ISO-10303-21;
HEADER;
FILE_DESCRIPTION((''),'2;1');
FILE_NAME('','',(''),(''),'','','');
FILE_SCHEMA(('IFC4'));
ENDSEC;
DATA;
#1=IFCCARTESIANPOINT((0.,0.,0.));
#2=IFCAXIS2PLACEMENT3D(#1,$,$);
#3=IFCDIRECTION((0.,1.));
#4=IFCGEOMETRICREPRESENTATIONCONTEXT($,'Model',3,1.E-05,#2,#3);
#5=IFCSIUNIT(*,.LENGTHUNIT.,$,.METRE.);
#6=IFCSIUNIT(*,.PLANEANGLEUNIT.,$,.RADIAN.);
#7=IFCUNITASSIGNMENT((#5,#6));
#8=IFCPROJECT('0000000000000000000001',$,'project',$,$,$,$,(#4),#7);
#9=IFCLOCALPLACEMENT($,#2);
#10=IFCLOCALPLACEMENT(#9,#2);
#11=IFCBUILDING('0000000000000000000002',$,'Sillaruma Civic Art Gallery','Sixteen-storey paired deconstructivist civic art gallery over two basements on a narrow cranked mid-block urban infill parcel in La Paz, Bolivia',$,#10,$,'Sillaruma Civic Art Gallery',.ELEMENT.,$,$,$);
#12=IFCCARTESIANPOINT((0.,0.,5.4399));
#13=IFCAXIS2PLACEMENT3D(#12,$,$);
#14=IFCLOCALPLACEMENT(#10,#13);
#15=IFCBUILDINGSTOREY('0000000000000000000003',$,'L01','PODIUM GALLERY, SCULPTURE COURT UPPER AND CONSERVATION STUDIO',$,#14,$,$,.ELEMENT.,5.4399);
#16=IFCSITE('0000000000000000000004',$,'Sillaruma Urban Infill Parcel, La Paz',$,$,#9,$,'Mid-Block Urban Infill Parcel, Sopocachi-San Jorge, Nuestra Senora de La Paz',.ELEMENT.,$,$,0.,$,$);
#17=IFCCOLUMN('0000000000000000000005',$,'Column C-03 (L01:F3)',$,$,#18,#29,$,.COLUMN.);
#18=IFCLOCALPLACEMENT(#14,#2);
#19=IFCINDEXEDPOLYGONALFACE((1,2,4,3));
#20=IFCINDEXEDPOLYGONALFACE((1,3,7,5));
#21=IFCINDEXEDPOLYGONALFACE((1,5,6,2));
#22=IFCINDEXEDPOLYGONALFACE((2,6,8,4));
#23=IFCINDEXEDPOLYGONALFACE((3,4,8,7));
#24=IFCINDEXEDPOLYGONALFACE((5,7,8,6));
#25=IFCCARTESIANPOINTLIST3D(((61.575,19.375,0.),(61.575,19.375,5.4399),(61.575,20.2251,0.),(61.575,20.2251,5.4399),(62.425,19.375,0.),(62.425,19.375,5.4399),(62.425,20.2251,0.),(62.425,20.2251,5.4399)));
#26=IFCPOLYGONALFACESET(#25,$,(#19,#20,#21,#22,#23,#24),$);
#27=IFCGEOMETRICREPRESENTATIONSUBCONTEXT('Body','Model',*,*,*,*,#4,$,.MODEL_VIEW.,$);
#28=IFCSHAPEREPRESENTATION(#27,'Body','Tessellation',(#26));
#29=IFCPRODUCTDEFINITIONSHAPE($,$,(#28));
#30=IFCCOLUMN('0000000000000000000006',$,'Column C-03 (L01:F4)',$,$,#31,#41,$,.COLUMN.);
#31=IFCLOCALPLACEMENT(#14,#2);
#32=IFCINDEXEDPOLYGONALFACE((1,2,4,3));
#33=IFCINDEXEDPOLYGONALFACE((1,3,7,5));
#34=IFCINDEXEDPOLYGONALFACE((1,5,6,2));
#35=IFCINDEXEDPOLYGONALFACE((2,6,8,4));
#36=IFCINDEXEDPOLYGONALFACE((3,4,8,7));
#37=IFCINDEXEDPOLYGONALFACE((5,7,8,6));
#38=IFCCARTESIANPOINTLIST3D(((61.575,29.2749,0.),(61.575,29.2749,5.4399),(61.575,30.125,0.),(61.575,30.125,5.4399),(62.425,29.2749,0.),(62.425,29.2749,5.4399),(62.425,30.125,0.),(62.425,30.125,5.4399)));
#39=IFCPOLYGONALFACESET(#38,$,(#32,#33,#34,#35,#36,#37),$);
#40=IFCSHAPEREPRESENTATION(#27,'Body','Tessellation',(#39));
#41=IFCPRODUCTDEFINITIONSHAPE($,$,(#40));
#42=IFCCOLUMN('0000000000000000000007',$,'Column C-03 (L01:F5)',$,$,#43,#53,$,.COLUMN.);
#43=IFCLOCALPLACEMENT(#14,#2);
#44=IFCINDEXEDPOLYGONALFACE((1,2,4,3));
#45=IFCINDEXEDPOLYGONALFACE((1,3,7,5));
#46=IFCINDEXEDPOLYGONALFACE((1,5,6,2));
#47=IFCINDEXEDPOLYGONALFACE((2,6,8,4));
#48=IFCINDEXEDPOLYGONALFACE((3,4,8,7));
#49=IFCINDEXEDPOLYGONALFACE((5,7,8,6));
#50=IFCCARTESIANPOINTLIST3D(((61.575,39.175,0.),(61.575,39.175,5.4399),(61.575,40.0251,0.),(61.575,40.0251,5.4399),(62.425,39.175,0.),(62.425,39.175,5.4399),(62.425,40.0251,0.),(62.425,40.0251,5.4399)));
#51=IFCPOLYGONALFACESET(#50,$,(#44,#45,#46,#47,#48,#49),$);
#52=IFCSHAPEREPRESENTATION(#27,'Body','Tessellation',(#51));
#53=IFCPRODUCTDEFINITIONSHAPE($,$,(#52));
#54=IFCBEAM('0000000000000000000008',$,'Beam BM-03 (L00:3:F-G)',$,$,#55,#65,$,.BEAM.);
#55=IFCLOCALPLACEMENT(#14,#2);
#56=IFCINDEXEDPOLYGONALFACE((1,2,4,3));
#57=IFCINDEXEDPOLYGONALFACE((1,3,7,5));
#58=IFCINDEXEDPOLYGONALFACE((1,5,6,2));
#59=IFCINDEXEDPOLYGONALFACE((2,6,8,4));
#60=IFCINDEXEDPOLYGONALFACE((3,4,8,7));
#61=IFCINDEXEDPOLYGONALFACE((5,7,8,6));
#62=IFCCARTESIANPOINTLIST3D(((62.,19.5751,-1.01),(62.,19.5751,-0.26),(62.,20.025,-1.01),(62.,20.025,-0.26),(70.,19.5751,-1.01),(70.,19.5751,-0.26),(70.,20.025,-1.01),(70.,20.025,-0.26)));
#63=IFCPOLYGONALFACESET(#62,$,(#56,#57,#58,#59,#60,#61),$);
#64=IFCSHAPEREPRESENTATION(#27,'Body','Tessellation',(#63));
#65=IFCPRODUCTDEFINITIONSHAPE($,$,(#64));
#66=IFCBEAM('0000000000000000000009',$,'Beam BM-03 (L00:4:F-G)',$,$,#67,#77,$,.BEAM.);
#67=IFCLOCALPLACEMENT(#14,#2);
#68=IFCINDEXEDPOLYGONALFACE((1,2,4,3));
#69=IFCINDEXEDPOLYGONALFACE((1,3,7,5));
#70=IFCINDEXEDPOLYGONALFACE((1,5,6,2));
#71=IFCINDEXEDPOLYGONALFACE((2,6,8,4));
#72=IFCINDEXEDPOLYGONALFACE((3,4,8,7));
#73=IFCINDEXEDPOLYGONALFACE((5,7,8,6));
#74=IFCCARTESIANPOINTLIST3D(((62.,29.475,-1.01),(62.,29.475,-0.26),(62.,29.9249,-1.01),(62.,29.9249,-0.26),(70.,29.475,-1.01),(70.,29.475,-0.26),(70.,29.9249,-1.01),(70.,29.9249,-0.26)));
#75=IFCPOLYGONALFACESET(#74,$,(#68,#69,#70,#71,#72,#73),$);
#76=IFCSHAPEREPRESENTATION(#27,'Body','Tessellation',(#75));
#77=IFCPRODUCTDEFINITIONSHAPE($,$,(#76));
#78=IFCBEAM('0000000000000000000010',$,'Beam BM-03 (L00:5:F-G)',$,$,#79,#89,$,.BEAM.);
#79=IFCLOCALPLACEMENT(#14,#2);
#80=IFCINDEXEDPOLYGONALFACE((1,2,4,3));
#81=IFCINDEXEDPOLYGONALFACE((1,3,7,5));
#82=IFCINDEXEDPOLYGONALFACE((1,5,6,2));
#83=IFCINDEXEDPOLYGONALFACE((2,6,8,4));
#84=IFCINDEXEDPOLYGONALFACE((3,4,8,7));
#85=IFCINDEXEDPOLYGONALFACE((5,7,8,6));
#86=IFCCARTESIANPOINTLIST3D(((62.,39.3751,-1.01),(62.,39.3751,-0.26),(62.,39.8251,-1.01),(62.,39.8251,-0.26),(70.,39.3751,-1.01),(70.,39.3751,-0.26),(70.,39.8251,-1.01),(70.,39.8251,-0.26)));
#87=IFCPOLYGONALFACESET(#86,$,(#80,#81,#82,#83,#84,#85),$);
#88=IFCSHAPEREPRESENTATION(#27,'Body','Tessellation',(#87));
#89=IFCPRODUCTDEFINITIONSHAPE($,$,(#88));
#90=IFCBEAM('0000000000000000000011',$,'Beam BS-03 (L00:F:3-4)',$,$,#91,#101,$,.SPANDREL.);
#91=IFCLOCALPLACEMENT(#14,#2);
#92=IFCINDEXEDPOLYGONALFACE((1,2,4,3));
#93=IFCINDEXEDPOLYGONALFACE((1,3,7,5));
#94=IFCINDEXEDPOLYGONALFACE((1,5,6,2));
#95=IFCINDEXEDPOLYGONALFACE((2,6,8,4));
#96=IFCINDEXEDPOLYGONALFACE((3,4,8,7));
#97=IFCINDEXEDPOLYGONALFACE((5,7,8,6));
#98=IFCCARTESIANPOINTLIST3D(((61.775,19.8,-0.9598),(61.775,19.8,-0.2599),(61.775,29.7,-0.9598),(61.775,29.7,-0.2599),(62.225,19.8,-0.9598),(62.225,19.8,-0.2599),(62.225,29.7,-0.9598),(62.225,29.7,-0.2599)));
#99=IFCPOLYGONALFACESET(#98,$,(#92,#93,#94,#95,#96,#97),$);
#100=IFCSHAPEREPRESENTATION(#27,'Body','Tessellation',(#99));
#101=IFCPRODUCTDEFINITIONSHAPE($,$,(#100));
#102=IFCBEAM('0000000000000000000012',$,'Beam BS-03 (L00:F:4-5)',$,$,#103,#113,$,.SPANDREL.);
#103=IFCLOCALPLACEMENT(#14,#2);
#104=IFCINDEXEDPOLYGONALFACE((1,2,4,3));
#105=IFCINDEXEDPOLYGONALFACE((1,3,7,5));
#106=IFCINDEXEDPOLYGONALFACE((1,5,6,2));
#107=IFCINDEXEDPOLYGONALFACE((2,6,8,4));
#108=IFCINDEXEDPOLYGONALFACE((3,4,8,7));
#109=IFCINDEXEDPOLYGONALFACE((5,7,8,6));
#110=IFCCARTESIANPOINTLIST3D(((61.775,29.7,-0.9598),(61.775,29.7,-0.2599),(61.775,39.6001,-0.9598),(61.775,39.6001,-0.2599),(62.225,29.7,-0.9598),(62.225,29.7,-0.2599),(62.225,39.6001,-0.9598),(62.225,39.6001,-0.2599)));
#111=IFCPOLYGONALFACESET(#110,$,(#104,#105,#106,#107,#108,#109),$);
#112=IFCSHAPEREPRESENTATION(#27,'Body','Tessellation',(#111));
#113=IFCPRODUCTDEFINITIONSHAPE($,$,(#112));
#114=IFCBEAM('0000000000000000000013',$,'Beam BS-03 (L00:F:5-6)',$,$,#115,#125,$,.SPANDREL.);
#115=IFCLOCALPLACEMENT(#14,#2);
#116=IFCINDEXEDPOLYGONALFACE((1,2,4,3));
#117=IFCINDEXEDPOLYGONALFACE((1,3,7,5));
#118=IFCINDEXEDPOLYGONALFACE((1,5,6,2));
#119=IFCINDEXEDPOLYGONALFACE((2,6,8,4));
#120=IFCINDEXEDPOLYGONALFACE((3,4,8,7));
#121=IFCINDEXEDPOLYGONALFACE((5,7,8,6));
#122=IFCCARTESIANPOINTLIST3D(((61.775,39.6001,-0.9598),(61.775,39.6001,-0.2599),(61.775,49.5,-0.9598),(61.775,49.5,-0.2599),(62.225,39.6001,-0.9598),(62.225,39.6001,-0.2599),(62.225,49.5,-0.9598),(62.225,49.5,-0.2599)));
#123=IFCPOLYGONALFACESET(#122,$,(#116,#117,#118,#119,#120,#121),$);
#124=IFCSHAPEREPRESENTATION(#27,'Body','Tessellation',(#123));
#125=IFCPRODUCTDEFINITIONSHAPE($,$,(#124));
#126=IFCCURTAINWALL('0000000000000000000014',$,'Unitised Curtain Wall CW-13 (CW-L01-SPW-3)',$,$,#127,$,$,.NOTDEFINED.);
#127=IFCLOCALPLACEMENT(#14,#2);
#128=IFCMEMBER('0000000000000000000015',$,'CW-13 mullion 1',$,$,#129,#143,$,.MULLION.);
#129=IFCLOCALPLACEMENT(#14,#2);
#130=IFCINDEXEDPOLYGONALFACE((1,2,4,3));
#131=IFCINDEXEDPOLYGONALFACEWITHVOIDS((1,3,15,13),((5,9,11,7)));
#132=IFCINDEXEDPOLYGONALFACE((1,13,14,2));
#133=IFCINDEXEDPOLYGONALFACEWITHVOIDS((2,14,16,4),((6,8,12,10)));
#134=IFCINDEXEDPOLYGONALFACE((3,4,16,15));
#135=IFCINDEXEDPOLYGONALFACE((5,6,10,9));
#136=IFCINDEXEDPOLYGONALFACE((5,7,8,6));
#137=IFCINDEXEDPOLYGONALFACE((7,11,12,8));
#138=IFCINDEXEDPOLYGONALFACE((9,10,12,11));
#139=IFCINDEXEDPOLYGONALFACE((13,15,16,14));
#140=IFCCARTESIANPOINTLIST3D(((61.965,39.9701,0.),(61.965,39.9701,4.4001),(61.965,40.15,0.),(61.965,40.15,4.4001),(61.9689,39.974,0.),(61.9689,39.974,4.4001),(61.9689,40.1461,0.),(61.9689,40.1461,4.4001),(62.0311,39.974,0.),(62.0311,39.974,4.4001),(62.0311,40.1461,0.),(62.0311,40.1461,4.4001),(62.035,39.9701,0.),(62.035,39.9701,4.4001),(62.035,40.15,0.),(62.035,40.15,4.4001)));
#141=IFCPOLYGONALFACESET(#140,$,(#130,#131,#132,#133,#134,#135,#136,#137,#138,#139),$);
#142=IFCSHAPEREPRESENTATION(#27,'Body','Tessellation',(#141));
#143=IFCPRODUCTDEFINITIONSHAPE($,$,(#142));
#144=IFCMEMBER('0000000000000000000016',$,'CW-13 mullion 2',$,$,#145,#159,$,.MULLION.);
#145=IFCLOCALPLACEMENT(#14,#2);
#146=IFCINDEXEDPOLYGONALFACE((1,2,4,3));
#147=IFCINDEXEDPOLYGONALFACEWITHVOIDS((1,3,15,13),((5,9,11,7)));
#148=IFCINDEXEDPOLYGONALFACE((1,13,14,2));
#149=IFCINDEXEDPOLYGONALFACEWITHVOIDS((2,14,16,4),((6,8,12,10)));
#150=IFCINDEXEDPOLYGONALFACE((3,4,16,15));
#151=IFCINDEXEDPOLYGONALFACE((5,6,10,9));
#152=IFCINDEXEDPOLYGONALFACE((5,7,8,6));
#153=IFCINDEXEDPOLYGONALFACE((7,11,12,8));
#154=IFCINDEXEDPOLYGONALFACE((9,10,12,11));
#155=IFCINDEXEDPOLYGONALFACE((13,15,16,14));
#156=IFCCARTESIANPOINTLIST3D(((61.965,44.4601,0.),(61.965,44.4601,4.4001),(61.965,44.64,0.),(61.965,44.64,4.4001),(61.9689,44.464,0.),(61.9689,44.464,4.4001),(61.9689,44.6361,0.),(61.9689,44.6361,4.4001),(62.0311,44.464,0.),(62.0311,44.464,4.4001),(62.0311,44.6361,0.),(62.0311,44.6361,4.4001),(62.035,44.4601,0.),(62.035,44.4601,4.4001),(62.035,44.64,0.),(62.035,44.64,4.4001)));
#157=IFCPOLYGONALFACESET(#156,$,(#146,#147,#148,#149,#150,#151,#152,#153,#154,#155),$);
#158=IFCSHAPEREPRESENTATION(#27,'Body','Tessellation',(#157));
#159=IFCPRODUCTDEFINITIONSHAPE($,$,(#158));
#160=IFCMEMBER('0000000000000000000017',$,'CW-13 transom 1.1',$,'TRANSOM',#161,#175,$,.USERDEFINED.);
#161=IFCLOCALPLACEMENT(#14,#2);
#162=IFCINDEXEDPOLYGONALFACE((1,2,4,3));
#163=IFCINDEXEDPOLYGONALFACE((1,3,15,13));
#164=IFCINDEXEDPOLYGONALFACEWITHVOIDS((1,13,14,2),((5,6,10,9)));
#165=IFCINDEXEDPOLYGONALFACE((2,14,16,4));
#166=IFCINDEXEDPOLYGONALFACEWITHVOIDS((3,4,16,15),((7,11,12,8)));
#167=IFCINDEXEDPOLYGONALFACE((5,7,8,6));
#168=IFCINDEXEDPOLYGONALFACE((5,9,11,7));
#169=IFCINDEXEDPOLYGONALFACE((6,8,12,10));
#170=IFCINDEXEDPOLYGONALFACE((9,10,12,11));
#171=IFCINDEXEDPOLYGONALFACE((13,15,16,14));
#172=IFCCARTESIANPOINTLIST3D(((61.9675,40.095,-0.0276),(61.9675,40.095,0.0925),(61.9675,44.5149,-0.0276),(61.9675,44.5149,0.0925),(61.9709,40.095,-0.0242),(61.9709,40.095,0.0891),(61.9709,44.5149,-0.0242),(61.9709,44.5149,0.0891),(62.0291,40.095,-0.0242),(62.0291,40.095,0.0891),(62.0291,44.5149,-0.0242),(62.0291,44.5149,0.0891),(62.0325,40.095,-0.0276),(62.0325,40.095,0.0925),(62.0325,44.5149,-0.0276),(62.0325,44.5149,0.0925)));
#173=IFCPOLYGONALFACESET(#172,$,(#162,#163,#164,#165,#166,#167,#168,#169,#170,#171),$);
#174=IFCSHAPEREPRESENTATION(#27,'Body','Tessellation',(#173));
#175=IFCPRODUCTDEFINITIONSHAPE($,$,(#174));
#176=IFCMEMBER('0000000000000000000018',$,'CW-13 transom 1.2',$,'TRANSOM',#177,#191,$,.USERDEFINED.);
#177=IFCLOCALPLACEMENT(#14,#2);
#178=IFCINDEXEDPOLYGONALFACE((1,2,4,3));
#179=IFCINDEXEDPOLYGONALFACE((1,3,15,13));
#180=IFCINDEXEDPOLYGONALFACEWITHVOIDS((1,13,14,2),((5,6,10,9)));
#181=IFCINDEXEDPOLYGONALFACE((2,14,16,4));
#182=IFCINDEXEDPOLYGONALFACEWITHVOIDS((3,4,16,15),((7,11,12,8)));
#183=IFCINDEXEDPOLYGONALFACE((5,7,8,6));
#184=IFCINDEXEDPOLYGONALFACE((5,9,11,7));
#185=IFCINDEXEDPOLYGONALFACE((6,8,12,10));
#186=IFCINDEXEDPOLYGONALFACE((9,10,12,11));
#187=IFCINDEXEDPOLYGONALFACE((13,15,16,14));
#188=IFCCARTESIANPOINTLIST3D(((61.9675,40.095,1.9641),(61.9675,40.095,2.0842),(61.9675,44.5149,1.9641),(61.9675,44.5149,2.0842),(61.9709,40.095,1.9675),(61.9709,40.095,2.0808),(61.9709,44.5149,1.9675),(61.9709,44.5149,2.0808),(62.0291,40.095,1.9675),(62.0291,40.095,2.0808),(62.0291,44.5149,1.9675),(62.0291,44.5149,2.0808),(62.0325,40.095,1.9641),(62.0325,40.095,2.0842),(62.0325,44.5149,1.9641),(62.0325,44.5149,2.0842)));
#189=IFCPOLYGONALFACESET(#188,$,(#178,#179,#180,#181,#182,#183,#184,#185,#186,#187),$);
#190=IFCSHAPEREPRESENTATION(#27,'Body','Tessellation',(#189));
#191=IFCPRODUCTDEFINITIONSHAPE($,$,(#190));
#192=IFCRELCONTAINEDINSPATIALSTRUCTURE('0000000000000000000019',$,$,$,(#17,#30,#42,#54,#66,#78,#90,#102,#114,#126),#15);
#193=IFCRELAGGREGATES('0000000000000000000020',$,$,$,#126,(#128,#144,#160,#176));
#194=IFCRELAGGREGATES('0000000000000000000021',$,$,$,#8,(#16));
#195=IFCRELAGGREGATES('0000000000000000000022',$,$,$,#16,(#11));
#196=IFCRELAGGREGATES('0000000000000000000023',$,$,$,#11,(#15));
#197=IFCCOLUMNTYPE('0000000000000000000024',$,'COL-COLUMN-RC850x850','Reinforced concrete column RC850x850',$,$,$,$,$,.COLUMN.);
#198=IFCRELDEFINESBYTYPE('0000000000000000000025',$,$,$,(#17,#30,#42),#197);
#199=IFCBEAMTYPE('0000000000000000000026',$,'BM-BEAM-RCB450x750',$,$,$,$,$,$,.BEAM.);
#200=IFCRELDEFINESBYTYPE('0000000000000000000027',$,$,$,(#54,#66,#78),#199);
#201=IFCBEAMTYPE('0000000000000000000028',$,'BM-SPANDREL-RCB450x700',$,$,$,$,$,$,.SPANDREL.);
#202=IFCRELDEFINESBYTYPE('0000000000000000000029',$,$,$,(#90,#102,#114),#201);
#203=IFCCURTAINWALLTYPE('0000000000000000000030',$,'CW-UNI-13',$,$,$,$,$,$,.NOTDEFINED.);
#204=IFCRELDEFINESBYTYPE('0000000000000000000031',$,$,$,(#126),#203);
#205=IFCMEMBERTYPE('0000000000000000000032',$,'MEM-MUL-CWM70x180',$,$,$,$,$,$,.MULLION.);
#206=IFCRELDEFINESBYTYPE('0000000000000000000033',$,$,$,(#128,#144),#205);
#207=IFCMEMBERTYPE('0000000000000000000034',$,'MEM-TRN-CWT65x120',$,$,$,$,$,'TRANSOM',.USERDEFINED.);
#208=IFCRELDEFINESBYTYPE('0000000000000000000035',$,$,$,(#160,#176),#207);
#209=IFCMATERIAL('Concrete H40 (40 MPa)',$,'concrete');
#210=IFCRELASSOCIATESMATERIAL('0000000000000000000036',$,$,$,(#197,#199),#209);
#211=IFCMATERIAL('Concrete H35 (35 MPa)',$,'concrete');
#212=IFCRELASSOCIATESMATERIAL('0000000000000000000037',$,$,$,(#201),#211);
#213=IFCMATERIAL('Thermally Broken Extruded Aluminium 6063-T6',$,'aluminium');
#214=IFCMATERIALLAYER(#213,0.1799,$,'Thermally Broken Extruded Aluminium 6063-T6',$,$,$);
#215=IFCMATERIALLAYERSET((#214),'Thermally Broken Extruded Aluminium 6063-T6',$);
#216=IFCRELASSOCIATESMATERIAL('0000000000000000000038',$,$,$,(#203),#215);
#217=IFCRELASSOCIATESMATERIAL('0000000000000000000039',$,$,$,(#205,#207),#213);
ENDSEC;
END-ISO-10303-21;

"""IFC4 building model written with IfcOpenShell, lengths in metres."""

from ifc_helpers import new_model, si_unit, direction, frame, origin, origin_2d, place, context, subcontext, project, spatial, rectangle, hollow_rectangle, extrude, material, layer, layer_set, material_profile, profile_set, type_object, element, aggregate, save


model = new_model("IFC4")

# Units and contexts
model_context = context("Model", 3, precision=1e-05, world=origin(), true_north=direction((0.0, 1.0)))
body_context = subcontext(model_context, "Body", "Model", "MODEL_VIEW")
ifc_project = project(units=[si_unit("LENGTHUNIT", "METRE"), si_unit("PLANEANGLEUNIT", "RADIAN")], contexts=[model_context])

# Site, building, storey
site_placement = place(None, origin())
site = spatial("IfcSite", under=ifc_project, at=site_placement, Name="Sillaruma Urban Infill Parcel, La Paz", LongName="Mid-Block Urban Infill Parcel, Sopocachi-San Jorge, Nuestra Senora de La Paz", CompositionType="ELEMENT", RefElevation=0.0)
building_placement = place(site_placement, origin())
building = spatial("IfcBuilding", under=site, at=building_placement, Name="Sillaruma Civic Art Gallery", Description="Sixteen-storey paired deconstructivist civic art gallery over two basements on a narrow cranked mid-block urban infill parcel in La Paz, Bolivia", LongName="Sillaruma Civic Art Gallery", CompositionType="ELEMENT")
storey_placement = place(building_placement, frame((0.0, 0.0, 5.4399)))
storey = spatial("IfcBuildingStorey", under=building, at=storey_placement, Name="L01", Description="PODIUM GALLERY, SCULPTURE COURT UPPER AND CONSERVATION STUDIO", CompositionType="ELEMENT", Elevation=5.4399)

# Columns
ifc_material_1 = material(Name="Concrete H40 (40 MPa)", Category="concrete")
ifc_material_profile_1 = material_profile(ifc_material_1, rectangle(XDim=0.8501, YDim=0.8501, at=origin_2d()), Name="RC850x850")
ifc_profile_set_1 = profile_set([ifc_material_profile_1], Name="Concrete H40 (40 MPa)")
column_type = type_object("IfcColumnType", Name="COL-COLUMN-RC850x850", Description="Reinforced concrete column RC850x850", PredefinedType="COLUMN", material=ifc_profile_set_1)
for number, where, z_axis, x_axis, name in (
    (1, (62.0, 19.8, 0.0), (0.0, 0.0, 1.0), (1.0, 0.0, 0.0), "Column C-03 (L01:F3)"),
    (2, (62.0, 29.7, 0.0), (0.0, 0.0, 1.0), (1.0, 0.0, 0.0), "Column C-03 (L01:F4)"),
    (3, (62.0, 39.6001, 0.0), (0.0, 0.0, 1.0), (1.0, 0.0, 0.0), "Column C-03 (L01:F5)"),
):
    element("IfcColumn", number, at=place(storey_placement, frame(where, z_axis=z_axis, x_axis=x_axis)), inside=storey, type_object=column_type, Name=name, PredefinedType="COLUMN", context=body_context, shape_type="SweptSolid", body=[
        extrude(rectangle(XDim=0.8501, YDim=0.8501, at=origin_2d()), origin(), (0.0, 0.0, 1.0), 5.4399),
    ])

# Beams
ifc_material_profile_2 = material_profile(ifc_material_1, rectangle(XDim=0.45, YDim=0.75, at=origin_2d()), Name="RCB450x750")
ifc_profile_set_2 = profile_set([ifc_material_profile_2], Name="Concrete H40 (40 MPa)")
beam_type_1 = type_object("IfcBeamType", Name="BM-BEAM-RCB450x750", PredefinedType="BEAM", material=ifc_profile_set_2)
for number, where, z_axis, x_axis, name in (
    (4, (62.0, 19.8, -0.635), (1.0, 0.0, 0.0), (0.0, 1.0, 0.0), "Beam BM-03 (L00:3:F-G)"),
    (5, (62.0, 29.7, -0.635), (1.0, 0.0, 0.0), (0.0, 1.0, 0.0), "Beam BM-03 (L00:4:F-G)"),
    (6, (62.0, 39.6001, -0.635), (1.0, 0.0, 0.0), (0.0, 1.0, 0.0), "Beam BM-03 (L00:5:F-G)"),
):
    element("IfcBeam", number, at=place(storey_placement, frame(where, z_axis=z_axis, x_axis=x_axis)), inside=storey, type_object=beam_type_1, Name=name, PredefinedType="BEAM", context=body_context, shape_type="SweptSolid", body=[
        extrude(rectangle(XDim=0.45, YDim=0.75, at=origin_2d()), origin(), (0.0, 0.0, 1.0), 8.0),
    ])
ifc_material_2 = material(Name="Concrete H35 (35 MPa)", Category="concrete")
ifc_material_profile_3 = material_profile(ifc_material_2, rectangle(XDim=0.45, YDim=0.7, at=origin_2d()), Name="RCB450x700")
ifc_profile_set_3 = profile_set([ifc_material_profile_3], Name="Concrete H35 (35 MPa)")
beam_type_2 = type_object("IfcBeamType", Name="BM-SPANDREL-RCB450x700", PredefinedType="SPANDREL", material=ifc_profile_set_3)
beam_1_placement = place(storey_placement, frame((62.0, 19.8, -0.6099), z_axis=(0.0, 1.0, 0.0), x_axis=(-1.0, 0.0, 0.0)))
element("IfcBeam", 7, at=beam_1_placement, inside=storey, type_object=beam_type_2, Name="Beam BS-03 (L00:F:3-4)", PredefinedType="SPANDREL", context=body_context, shape_type="SweptSolid", body=[
    extrude(rectangle(XDim=0.45, YDim=0.7, at=origin_2d()), origin(), (0.0, 0.0, 1.0), 9.8999),
])
beam_2_placement = place(storey_placement, frame((62.0, 29.7, -0.6099), z_axis=(0.0, 1.0, 0.0), x_axis=(-1.0, 0.0, 0.0)))
element("IfcBeam", 8, at=beam_2_placement, inside=storey, type_object=beam_type_2, Name="Beam BS-03 (L00:F:4-5)", PredefinedType="SPANDREL", context=body_context, shape_type="SweptSolid", body=[
    extrude(rectangle(XDim=0.45, YDim=0.7, at=origin_2d()), origin(), (0.0, 0.0, 1.0), 9.9001),
])
beam_3_placement = place(storey_placement, frame((62.0, 39.6001, -0.6099), z_axis=(0.0, 1.0, 0.0), x_axis=(-1.0, 0.0, 0.0)))
element("IfcBeam", 9, at=beam_3_placement, inside=storey, type_object=beam_type_2, Name="Beam BS-03 (L00:F:5-6)", PredefinedType="SPANDREL", context=body_context, shape_type="SweptSolid", body=[
    extrude(rectangle(XDim=0.45, YDim=0.7, at=origin_2d()), origin(), (0.0, 0.0, 1.0), 9.8999),
])

# Curtain wall, members
ifc_material_3 = material(Name="Thermally Broken Extruded Aluminium 6063-T6", Category="aluminium")
ifc_layer_1 = layer(ifc_material_3, 0.1799, Name="Thermally Broken Extruded Aluminium 6063-T6")
ifc_layer_set_1 = layer_set([ifc_layer_1], Name="Thermally Broken Extruded Aluminium 6063-T6")
curtain_wall_type = type_object("IfcCurtainWallType", Name="CW-UNI-13", PredefinedType="NOTDEFINED", material=ifc_layer_set_1)
curtain_wall_placement = place(storey_placement, origin())
curtain_wall = element("IfcCurtainWall", 10, at=curtain_wall_placement, inside=storey, type_object=curtain_wall_type, Name="Unitised Curtain Wall CW-13 (CW-L01-SPW-3)", PredefinedType="NOTDEFINED")
ifc_material_profile_4 = material_profile(ifc_material_3, hollow_rectangle(XDim=0.0701, YDim=0.1799, WallThickness=0.0039, at=origin_2d()), Name="CWM70x180")
ifc_profile_set_4 = profile_set([ifc_material_profile_4], Name="Thermally Broken Extruded Aluminium 6063-T6")
member_type_1 = type_object("IfcMemberType", Name="MEM-MUL-CWM70x180", PredefinedType="MULLION", material=ifc_profile_set_4)
member_1_placement = place(storey_placement, frame((62.0, 40.0601, 0.0), z_axis=(0.0, 0.0, 1.0), x_axis=(-1.0, 0.0, 0.0)))
member_1 = element("IfcMember", 11, at=member_1_placement, type_object=member_type_1, Name="CW-13 mullion 1", PredefinedType="MULLION", context=body_context, shape_type="SweptSolid", body=[
    extrude(hollow_rectangle(XDim=0.0701, YDim=0.1799, WallThickness=0.0039, at=origin_2d()), origin(), (0.0, 0.0, 1.0), 4.4001),
])
member_2_placement = place(storey_placement, frame((62.0, 44.55, 0.0), z_axis=(0.0, 0.0, 1.0), x_axis=(-1.0, 0.0, 0.0)))
member_2 = element("IfcMember", 12, at=member_2_placement, type_object=member_type_1, Name="CW-13 mullion 2", PredefinedType="MULLION", context=body_context, shape_type="SweptSolid", body=[
    extrude(hollow_rectangle(XDim=0.0701, YDim=0.1799, WallThickness=0.0039, at=origin_2d()), origin(), (0.0, 0.0, 1.0), 4.4001),
])
ifc_material_profile_5 = material_profile(ifc_material_3, hollow_rectangle(XDim=0.0649, YDim=0.1201, WallThickness=0.0034, at=origin_2d()), Name="CWT65x120")
ifc_profile_set_5 = profile_set([ifc_material_profile_5], Name="Thermally Broken Extruded Aluminium 6063-T6")
member_type_2 = type_object("IfcMemberType", Name="MEM-TRN-CWT65x120", ElementType="TRANSOM", PredefinedType="USERDEFINED", material=ifc_profile_set_5)
member_3_placement = place(storey_placement, frame((62.0, 40.095, 0.0325), z_axis=(0.0, 1.0, 0.0), x_axis=(-1.0, 0.0, 0.0)))
member_3 = element("IfcMember", 13, at=member_3_placement, type_object=member_type_2, Name="CW-13 transom 1.1", ObjectType="TRANSOM", PredefinedType="USERDEFINED", context=body_context, shape_type="SweptSolid", body=[
    extrude(hollow_rectangle(XDim=0.0649, YDim=0.1201, WallThickness=0.0034, at=origin_2d()), origin(), (0.0, 0.0, 1.0), 4.4199),
])
member_4_placement = place(storey_placement, frame((62.0, 40.095, 2.0242), z_axis=(0.0, 1.0, 0.0), x_axis=(-1.0, 0.0, 0.0)))
member_4 = element("IfcMember", 14, at=member_4_placement, type_object=member_type_2, Name="CW-13 transom 1.2", ObjectType="TRANSOM", PredefinedType="USERDEFINED", context=body_context, shape_type="SweptSolid", body=[
    extrude(hollow_rectangle(XDim=0.0649, YDim=0.1201, WallThickness=0.0034, at=origin_2d()), origin(), (0.0, 0.0, 1.0), 4.4199),
])
aggregate(curtain_wall, [member_1, member_2, member_3, member_4])

save(model, "model.ifc")
